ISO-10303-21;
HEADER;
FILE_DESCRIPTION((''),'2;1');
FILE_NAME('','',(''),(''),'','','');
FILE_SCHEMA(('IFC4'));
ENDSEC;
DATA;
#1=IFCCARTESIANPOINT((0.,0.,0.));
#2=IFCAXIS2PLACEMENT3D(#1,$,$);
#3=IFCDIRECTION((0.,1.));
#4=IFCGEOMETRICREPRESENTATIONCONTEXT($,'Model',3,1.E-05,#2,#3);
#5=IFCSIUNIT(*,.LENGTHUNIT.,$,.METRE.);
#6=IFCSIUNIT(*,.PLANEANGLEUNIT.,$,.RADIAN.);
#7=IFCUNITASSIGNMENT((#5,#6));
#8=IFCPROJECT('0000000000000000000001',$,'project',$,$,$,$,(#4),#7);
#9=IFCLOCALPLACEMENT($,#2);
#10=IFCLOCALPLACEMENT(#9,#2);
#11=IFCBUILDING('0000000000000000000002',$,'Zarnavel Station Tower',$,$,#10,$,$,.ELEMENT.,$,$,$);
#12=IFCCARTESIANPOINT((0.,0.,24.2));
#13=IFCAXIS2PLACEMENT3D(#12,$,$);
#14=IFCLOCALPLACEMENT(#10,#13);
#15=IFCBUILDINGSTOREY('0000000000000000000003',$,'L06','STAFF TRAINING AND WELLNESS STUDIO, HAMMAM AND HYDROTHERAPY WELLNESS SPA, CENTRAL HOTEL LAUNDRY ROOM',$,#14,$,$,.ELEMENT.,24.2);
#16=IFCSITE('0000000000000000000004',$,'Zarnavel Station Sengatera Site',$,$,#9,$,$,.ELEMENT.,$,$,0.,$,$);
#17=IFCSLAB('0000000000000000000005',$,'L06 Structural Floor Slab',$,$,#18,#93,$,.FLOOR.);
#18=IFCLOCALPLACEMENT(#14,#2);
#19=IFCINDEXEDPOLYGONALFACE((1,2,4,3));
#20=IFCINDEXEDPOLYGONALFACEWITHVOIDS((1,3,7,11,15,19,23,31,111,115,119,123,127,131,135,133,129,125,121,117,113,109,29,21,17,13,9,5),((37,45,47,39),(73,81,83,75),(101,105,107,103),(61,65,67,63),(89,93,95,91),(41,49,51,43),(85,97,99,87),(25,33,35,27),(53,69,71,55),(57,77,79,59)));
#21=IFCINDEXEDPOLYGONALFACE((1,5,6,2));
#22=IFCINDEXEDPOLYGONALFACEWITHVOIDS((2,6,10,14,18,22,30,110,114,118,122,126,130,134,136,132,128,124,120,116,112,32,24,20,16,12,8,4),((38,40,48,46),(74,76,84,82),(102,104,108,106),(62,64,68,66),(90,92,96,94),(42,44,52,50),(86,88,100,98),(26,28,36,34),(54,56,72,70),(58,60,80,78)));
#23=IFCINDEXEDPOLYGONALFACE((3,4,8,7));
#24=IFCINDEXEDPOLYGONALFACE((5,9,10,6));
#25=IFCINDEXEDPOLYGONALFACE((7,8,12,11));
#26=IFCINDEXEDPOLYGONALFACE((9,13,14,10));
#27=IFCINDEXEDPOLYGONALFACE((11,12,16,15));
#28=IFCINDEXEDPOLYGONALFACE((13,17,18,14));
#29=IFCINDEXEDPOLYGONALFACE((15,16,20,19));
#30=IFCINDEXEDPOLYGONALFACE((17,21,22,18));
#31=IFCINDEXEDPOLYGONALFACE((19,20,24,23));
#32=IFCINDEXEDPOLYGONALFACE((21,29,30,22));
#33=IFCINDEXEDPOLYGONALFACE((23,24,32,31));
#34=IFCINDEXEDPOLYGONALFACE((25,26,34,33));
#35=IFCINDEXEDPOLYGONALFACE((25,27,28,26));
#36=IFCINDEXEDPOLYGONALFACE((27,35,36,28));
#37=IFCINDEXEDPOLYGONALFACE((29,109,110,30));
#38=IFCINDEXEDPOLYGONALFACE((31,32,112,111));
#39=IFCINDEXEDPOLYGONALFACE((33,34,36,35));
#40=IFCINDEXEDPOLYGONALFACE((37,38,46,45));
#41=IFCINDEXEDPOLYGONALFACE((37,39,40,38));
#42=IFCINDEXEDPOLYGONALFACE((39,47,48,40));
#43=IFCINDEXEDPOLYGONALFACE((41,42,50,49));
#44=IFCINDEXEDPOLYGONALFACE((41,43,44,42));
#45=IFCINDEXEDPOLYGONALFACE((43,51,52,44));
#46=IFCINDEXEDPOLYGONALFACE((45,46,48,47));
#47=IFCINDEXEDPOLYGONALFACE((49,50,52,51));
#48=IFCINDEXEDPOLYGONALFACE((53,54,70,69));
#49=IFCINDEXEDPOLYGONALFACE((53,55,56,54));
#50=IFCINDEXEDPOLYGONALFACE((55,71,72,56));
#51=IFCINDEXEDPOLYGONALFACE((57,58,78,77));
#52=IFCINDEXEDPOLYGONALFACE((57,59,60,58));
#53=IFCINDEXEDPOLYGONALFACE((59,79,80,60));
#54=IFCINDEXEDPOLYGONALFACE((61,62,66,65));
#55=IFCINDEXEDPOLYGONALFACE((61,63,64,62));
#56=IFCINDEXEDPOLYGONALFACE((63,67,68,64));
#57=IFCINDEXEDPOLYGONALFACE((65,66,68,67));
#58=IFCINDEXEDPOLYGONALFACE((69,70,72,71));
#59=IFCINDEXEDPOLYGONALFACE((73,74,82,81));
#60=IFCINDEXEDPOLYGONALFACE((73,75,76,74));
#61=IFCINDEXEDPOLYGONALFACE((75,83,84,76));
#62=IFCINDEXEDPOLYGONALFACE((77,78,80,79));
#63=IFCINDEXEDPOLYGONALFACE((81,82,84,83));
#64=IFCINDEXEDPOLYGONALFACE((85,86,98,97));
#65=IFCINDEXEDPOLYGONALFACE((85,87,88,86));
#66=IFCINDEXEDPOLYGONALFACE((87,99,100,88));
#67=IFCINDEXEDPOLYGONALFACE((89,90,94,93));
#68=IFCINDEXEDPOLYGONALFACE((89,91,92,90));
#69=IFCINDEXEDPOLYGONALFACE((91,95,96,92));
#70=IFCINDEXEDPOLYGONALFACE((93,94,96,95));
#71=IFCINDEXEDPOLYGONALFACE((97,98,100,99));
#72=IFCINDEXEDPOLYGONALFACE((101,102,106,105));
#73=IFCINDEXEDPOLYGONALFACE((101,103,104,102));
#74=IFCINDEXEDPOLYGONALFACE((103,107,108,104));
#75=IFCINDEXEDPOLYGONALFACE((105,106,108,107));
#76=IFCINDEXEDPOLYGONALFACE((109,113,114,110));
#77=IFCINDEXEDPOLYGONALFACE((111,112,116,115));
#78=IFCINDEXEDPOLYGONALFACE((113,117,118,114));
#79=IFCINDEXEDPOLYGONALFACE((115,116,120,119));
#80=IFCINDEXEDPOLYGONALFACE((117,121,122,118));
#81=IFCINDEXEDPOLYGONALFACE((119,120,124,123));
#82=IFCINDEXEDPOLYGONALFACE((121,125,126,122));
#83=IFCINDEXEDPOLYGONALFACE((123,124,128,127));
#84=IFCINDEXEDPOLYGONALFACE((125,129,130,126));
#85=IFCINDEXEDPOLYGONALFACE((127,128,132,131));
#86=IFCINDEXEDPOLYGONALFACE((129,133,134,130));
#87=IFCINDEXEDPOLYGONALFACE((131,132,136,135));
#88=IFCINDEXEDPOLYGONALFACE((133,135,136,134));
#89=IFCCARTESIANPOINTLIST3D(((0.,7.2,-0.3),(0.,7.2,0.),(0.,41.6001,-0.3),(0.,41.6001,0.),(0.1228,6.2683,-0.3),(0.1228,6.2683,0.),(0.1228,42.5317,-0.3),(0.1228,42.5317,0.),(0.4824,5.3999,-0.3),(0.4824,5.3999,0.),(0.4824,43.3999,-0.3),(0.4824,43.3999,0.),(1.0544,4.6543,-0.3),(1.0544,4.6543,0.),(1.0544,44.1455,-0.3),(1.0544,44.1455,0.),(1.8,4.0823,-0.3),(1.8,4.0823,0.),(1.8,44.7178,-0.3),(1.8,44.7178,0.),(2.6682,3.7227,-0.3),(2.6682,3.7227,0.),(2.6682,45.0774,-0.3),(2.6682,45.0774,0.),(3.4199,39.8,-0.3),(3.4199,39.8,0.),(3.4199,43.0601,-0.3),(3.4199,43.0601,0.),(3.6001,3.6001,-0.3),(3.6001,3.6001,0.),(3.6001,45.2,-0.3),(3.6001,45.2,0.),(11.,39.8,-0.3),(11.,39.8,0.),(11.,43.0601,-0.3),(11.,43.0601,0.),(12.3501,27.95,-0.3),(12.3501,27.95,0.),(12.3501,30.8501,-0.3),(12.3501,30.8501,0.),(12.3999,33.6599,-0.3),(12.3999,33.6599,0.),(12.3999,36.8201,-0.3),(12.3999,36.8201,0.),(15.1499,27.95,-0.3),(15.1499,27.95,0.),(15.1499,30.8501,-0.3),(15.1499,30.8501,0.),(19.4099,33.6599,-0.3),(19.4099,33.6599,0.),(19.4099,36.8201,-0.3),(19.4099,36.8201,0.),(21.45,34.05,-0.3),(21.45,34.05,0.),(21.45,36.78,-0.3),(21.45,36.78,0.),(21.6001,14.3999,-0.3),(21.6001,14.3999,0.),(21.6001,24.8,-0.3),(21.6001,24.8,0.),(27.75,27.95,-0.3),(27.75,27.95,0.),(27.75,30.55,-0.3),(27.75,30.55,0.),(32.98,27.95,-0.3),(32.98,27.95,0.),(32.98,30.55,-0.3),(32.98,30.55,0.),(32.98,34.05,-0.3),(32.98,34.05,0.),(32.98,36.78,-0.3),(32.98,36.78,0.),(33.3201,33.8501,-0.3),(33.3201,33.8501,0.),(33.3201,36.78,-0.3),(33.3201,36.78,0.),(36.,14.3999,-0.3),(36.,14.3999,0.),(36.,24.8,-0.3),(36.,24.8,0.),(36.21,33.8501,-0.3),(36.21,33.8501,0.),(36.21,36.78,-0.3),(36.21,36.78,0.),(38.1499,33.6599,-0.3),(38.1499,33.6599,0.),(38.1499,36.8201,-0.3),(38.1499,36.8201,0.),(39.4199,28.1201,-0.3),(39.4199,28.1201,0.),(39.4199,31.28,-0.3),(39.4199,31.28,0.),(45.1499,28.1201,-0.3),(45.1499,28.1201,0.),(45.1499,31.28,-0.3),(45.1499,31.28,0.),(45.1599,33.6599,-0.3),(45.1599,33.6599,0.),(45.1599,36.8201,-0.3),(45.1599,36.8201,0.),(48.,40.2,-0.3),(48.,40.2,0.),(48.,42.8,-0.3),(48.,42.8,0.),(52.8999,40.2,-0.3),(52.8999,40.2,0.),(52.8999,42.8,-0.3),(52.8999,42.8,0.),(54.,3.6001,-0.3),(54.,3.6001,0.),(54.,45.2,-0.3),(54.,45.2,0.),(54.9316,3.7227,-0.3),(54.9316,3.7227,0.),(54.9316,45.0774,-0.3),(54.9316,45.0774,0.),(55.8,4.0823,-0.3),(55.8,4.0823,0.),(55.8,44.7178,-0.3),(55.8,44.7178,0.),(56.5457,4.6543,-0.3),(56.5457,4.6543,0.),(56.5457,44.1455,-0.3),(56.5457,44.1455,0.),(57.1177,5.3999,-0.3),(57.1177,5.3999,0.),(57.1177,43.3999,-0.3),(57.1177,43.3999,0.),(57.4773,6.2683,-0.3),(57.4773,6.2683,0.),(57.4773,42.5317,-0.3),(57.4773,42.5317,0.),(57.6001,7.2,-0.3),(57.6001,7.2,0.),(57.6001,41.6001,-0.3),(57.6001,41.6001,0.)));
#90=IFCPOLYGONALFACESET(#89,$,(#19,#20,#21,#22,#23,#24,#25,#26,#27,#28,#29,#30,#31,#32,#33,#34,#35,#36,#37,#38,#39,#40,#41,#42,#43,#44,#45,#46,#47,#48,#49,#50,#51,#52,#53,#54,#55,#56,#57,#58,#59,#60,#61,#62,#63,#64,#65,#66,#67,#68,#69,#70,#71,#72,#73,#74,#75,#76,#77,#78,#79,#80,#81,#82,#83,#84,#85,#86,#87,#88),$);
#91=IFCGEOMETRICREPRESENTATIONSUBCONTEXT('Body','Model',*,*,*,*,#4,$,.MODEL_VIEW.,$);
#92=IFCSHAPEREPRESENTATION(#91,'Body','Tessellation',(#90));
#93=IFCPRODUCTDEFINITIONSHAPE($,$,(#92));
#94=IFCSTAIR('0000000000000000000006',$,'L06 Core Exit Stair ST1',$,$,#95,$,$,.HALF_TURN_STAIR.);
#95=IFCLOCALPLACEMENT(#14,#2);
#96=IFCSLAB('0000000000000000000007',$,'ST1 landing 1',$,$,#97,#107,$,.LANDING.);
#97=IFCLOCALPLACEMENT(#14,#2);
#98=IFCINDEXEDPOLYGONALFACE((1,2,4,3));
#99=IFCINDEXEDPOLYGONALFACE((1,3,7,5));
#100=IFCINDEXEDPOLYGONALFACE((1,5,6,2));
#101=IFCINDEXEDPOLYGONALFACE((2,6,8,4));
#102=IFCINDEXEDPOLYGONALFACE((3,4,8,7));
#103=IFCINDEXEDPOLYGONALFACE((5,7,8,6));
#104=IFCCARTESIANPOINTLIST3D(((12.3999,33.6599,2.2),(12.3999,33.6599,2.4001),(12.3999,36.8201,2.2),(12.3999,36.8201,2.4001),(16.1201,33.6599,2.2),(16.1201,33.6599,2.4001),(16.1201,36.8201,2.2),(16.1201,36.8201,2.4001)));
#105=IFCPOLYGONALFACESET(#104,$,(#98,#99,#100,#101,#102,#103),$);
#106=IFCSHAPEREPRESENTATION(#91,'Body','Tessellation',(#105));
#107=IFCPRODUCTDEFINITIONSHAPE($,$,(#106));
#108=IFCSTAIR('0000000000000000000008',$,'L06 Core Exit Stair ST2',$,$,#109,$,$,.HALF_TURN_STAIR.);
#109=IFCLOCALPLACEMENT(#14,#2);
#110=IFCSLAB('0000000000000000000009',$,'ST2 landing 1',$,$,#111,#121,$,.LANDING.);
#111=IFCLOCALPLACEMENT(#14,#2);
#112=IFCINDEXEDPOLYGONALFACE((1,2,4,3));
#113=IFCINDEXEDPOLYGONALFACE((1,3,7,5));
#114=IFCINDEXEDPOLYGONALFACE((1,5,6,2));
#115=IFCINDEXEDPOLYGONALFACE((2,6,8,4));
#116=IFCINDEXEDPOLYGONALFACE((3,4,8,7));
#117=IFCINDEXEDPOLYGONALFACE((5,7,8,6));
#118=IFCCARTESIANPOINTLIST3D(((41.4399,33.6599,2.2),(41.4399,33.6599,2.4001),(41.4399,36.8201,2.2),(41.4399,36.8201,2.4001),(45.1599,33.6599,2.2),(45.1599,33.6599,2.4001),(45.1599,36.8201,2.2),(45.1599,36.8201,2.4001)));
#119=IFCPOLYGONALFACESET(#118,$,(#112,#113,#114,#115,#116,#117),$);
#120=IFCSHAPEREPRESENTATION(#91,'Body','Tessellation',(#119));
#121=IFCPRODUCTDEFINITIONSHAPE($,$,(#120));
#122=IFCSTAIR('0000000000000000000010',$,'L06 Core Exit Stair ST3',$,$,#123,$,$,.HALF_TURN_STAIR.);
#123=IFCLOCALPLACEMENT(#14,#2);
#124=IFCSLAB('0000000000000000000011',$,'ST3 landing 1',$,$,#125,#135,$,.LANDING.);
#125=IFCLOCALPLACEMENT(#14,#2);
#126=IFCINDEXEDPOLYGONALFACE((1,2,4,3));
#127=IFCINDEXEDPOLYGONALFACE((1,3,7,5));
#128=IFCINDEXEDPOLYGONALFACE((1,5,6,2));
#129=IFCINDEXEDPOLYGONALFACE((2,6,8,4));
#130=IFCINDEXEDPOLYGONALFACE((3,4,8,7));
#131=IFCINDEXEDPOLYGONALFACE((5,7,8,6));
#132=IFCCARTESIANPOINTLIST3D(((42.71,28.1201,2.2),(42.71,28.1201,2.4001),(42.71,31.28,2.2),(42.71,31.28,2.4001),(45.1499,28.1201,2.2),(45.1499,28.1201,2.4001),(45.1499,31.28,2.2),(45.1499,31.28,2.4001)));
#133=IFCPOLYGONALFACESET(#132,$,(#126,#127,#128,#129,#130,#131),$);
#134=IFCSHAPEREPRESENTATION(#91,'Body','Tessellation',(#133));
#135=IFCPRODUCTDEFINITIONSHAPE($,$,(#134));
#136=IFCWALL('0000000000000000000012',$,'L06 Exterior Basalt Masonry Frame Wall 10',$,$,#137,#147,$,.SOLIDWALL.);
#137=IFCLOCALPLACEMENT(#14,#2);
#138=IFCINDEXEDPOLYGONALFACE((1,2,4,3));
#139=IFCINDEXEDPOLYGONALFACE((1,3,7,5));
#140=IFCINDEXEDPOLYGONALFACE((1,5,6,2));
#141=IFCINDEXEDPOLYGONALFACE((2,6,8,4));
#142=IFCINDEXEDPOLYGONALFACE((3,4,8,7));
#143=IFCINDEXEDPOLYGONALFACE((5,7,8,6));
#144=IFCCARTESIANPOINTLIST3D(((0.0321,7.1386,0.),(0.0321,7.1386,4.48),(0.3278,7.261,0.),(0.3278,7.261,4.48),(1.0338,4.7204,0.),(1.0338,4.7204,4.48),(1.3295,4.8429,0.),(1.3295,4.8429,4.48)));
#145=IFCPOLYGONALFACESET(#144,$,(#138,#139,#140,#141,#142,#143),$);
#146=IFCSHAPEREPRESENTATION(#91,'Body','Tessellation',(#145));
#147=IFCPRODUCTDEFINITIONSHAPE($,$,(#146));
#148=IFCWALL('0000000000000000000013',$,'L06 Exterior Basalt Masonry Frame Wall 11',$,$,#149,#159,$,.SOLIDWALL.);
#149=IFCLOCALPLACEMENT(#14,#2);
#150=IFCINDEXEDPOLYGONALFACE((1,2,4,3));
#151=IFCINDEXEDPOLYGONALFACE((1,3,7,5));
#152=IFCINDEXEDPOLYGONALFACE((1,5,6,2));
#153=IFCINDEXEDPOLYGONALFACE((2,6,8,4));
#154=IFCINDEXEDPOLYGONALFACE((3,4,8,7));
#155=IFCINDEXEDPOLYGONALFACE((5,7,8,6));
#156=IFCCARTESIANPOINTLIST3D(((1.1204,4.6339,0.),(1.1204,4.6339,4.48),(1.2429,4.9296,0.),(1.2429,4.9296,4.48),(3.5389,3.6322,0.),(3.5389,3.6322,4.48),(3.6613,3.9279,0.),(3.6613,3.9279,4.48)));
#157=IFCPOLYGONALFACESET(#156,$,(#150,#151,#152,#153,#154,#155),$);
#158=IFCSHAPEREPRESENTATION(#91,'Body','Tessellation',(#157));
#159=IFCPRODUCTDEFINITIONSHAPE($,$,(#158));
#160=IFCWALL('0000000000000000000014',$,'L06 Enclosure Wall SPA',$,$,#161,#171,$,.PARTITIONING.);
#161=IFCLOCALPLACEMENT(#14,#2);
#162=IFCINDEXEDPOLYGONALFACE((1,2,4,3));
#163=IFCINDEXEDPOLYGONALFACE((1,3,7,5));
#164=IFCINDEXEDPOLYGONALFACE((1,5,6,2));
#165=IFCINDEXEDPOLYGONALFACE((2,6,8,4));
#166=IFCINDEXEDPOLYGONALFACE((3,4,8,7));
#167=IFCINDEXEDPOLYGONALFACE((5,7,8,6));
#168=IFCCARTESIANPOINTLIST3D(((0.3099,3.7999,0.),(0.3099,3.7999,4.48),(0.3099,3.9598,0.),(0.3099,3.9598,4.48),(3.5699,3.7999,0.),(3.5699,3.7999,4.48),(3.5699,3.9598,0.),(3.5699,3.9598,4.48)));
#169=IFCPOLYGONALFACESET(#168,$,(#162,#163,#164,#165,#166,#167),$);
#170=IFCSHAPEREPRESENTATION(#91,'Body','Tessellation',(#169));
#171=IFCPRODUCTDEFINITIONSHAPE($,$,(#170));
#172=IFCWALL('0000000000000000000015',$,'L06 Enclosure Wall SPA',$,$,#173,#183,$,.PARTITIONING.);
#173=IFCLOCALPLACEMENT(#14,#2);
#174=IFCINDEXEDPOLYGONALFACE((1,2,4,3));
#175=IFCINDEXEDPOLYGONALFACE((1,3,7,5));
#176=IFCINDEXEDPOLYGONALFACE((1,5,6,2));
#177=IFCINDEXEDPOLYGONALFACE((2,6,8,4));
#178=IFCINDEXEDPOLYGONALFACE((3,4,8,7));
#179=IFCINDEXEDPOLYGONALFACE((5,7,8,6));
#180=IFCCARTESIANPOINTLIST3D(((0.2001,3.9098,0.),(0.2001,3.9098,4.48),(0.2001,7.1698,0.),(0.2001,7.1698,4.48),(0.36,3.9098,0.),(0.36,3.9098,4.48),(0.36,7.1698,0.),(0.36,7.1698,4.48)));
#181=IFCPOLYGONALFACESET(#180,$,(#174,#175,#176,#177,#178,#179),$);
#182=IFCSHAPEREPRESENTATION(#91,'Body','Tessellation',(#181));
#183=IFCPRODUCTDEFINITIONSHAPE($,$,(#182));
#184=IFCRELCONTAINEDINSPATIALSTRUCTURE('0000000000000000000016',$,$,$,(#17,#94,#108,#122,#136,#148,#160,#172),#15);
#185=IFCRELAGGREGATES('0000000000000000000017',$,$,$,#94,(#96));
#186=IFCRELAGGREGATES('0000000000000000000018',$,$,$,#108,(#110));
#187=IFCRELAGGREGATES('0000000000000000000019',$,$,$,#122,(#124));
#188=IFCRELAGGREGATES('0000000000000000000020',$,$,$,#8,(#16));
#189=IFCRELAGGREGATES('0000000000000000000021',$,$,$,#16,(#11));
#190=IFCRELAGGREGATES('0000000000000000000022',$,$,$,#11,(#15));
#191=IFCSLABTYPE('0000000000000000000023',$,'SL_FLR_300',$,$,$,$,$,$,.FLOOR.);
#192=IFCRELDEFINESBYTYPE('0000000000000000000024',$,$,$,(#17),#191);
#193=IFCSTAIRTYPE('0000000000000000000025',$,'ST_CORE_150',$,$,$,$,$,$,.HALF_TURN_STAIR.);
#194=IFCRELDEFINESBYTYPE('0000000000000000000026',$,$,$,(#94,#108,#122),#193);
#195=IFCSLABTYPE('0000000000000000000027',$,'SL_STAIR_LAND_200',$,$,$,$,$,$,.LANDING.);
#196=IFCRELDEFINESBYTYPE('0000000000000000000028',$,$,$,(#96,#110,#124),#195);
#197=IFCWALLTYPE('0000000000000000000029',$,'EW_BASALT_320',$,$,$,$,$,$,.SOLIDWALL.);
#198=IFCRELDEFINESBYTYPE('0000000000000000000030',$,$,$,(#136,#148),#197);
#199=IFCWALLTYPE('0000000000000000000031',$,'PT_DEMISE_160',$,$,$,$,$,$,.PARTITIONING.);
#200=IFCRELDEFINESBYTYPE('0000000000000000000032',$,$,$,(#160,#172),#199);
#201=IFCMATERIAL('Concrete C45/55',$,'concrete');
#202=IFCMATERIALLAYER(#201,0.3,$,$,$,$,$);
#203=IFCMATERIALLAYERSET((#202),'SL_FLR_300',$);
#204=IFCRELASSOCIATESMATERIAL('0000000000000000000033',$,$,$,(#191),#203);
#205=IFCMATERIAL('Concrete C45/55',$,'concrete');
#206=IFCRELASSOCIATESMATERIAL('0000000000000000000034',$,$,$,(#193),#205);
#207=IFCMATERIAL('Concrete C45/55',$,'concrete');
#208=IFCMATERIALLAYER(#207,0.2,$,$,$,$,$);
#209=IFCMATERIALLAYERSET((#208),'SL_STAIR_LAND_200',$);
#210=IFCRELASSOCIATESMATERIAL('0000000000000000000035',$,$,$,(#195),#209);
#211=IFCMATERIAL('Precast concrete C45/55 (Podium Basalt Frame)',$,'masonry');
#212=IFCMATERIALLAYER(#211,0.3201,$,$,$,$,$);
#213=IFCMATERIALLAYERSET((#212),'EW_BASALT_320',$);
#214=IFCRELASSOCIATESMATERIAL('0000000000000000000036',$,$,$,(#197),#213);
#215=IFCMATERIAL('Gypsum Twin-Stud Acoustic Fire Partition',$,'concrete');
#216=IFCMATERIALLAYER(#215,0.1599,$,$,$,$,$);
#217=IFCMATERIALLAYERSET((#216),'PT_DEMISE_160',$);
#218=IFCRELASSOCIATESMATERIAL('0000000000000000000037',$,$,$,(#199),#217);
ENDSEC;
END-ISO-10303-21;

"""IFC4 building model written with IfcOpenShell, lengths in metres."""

from ifc_helpers import new_model, si_unit, direction, frame, frame_2d, origin, place, context, subcontext, project, spatial, polyline, rectangle, outline, extrude, material, layer, layer_set, type_object, element, aggregate, save


model = new_model("IFC4")

# Units and contexts
model_context = context("Model", 3, precision=1e-05, world=origin(), true_north=direction((0.0, 1.0)))
body_context = subcontext(model_context, "Body", "Model", "MODEL_VIEW")
ifc_project = project(units=[si_unit("LENGTHUNIT", "METRE"), si_unit("PLANEANGLEUNIT", "RADIAN")], contexts=[model_context])

# Site, building, storey
site_placement = place(None, origin())
site = spatial("IfcSite", under=ifc_project, at=site_placement, Name="Zarnavel Station Sengatera Site", CompositionType="ELEMENT", RefElevation=0.0)
building_placement = place(site_placement, origin())
building = spatial("IfcBuilding", under=site, at=building_placement, Name="Zarnavel Station Tower", CompositionType="ELEMENT")
storey_placement = place(building_placement, frame((0.0, 0.0, 24.2)))
storey = spatial("IfcBuildingStorey", under=building, at=storey_placement, Name="L06", Description="STAFF TRAINING AND WELLNESS STUDIO, HAMMAM AND HYDROTHERAPY WELLNESS SPA, CENTRAL HOTEL LAUNDRY ROOM", CompositionType="ELEMENT", Elevation=24.2)

# Slab
ifc_material_1 = material(Name="Concrete C45/55", Category="concrete")
ifc_layer_1 = layer(ifc_material_1, 0.3)
ifc_layer_set_1 = layer_set([ifc_layer_1], Name="SL_FLR_300")
slab_type_1 = type_object("IfcSlabType", Name="SL_FLR_300", PredefinedType="FLOOR", material=ifc_layer_set_1)
slab_1_placement = place(storey_placement, frame((0.0, 0.0, -0.3)))
element("IfcSlab", 1, at=slab_1_placement, inside=storey, type_object=slab_type_1, Name="L06 Structural Floor Slab", PredefinedType="FLOOR", context=body_context, shape_type="SweptSolid", body=[
    extrude(outline(polyline([(54.0, 3.6001), (54.9316, 3.7227), (55.8, 4.0823), (56.5457, 4.6543), (57.1177, 5.3999), (57.4773, 6.2683), (57.6001, 7.2), (57.6001, 41.6001), (57.4773, 42.5317), (57.1177, 43.3999), (56.5457, 44.1455), (55.8, 44.7178), (54.9316, 45.0774), (54.0, 45.2), (3.6001, 45.2), (2.6682, 45.0774), (1.8, 44.7178), (1.0544, 44.1455), (0.4824, 43.3999), (0.1228, 42.5317), (0.0, 41.6001), (0.0, 7.2), (0.1228, 6.2683), (0.4824, 5.3999), (1.0544, 4.6543), (1.8, 4.0823), (2.6682, 3.7227), (3.6001, 3.6001), (54.0, 3.6001)]), holes=[polyline([(12.3999, 33.6599), (19.4099, 33.6599), (19.4099, 36.8201), (12.3999, 36.8201), (12.3999, 33.6599)]), polyline([(38.1499, 33.6599), (45.1599, 33.6599), (45.1599, 36.8201), (38.1499, 36.8201), (38.1499, 33.6599)]), polyline([(39.4199, 28.1201), (45.1499, 28.1201), (45.1499, 31.28), (39.4199, 31.28), (39.4199, 28.1201)]), polyline([(3.4199, 39.8), (11.0, 39.8), (11.0, 43.0601), (3.4199, 43.0601), (3.4199, 39.8)]), polyline([(12.3501, 27.95), (15.1499, 27.95), (15.1499, 30.8501), (12.3501, 30.8501), (12.3501, 27.95)]), polyline([(33.3201, 33.8501), (36.21, 33.8501), (36.21, 36.78), (33.3201, 36.78), (33.3201, 33.8501)]), polyline([(21.45, 34.05), (32.98, 34.05), (32.98, 36.78), (21.45, 36.78), (21.45, 34.05)]), polyline([(27.75, 27.95), (32.98, 27.95), (32.98, 30.55), (27.75, 30.55), (27.75, 27.95)]), polyline([(48.0, 40.2), (52.8999, 40.2), (52.8999, 42.8), (48.0, 42.8), (48.0, 40.2)]), polyline([(21.6001, 14.3999), (36.0, 14.3999), (36.0, 24.8), (21.6001, 24.8), (21.6001, 14.3999)])]), origin(), (0.0, 0.0, 1.0), 0.3),
])

# Stairs, slabs
ifc_material_2 = material(Name="Concrete C45/55", Category="concrete")
stair_type = type_object("IfcStairType", Name="ST_CORE_150", PredefinedType="HALF_TURN_STAIR", material=ifc_material_2)
stair_1_placement = place(storey_placement, origin())
stair_1 = element("IfcStair", 2, at=stair_1_placement, inside=storey, type_object=stair_type, Name="L06 Core Exit Stair ST1", PredefinedType="HALF_TURN_STAIR")
ifc_material_3 = material(Name="Concrete C45/55", Category="concrete")
ifc_layer_2 = layer(ifc_material_3, 0.2)
ifc_layer_set_2 = layer_set([ifc_layer_2], Name="SL_STAIR_LAND_200")
slab_type_2 = type_object("IfcSlabType", Name="SL_STAIR_LAND_200", PredefinedType="LANDING", material=ifc_layer_set_2)
slab_2_placement = place(storey_placement, frame((0.0, 0.0, 2.2)))
slab_2 = element("IfcSlab", 3, at=slab_2_placement, type_object=slab_type_2, Name="ST1 landing 1", PredefinedType="LANDING", context=body_context, shape_type="SweptSolid", body=[
    extrude(outline(polyline([(16.1201, 36.8201), (12.3999, 36.8201), (12.3999, 33.6599), (16.1201, 33.6599), (16.1201, 36.8201)])), origin(), (0.0, 0.0, 1.0), 0.2002),
])
aggregate(stair_1, [slab_2])
stair_2_placement = place(storey_placement, origin())
stair_2 = element("IfcStair", 4, at=stair_2_placement, inside=storey, type_object=stair_type, Name="L06 Core Exit Stair ST2", PredefinedType="HALF_TURN_STAIR")
slab_3_placement = place(storey_placement, frame((0.0, 0.0, 2.2)))
slab_3 = element("IfcSlab", 5, at=slab_3_placement, type_object=slab_type_2, Name="ST2 landing 1", PredefinedType="LANDING", context=body_context, shape_type="SweptSolid", body=[
    extrude(outline(polyline([(41.4399, 33.6599), (45.1599, 33.6599), (45.1599, 36.8201), (41.4399, 36.8201), (41.4399, 33.6599)])), origin(), (0.0, 0.0, 1.0), 0.2002),
])
aggregate(stair_2, [slab_3])
stair_3_placement = place(storey_placement, origin())
stair_3 = element("IfcStair", 6, at=stair_3_placement, inside=storey, type_object=stair_type, Name="L06 Core Exit Stair ST3", PredefinedType="HALF_TURN_STAIR")
slab_4_placement = place(storey_placement, frame((0.0, 0.0, 2.2)))
slab_4 = element("IfcSlab", 7, at=slab_4_placement, type_object=slab_type_2, Name="ST3 landing 1", PredefinedType="LANDING", context=body_context, shape_type="SweptSolid", body=[
    extrude(outline(polyline([(42.71, 28.1201), (45.1499, 28.1201), (45.1499, 31.28), (42.71, 31.28), (42.71, 28.1201)])), origin(), (0.0, 0.0, 1.0), 0.2002),
])
aggregate(stair_3, [slab_4])

# Walls
ifc_material_4 = material(Name="Precast concrete C45/55 (Podium Basalt Frame)", Category="masonry")
ifc_layer_3 = layer(ifc_material_4, 0.3201)
ifc_layer_set_3 = layer_set([ifc_layer_3], Name="EW_BASALT_320")
wall_type_1 = type_object("IfcWallType", Name="EW_BASALT_320", PredefinedType="SOLIDWALL", material=ifc_layer_set_3)
wall_1_placement = place(storey_placement, frame((1.1816, 4.7817, 0.0), z_axis=(0.0, 0.0, 1.0), x_axis=(-0.382701, 0.923872, 0.0)))
element("IfcWall", 8, at=wall_1_placement, inside=storey, type_object=wall_type_1, Name="L06 Exterior Basalt Masonry Frame Wall 10", PredefinedType="SOLIDWALL", context=body_context, shape_type="SweptSolid", body=[
    extrude(rectangle(XDim=2.6174, YDim=0.3201, at=frame_2d((1.3086, 0.0))), origin(), (0.0, 0.0, 1.0), 4.48),
])
wall_2_placement = place(storey_placement, frame((3.6001, 3.78, 0.0), z_axis=(0.0, 0.0, 1.0), x_axis=(-0.923886, 0.382668, 0.0)))
element("IfcWall", 9, at=wall_2_placement, inside=storey, type_object=wall_type_1, Name="L06 Exterior Basalt Masonry Frame Wall 11", PredefinedType="SOLIDWALL", context=body_context, shape_type="SweptSolid", body=[
    extrude(rectangle(XDim=2.6177, YDim=0.3201, at=frame_2d((1.3088, 0.0))), origin(), (0.0, 0.0, 1.0), 4.48),
])
ifc_material_5 = material(Name="Gypsum Twin-Stud Acoustic Fire Partition", Category="concrete")
ifc_layer_4 = layer(ifc_material_5, 0.1599)
ifc_layer_set_4 = layer_set([ifc_layer_4], Name="PT_DEMISE_160")
wall_type_2 = type_object("IfcWallType", Name="PT_DEMISE_160", PredefinedType="PARTITIONING", material=ifc_layer_set_4)
for number, where, z_axis, x_axis, name in (
    (10, (0.3101, 3.8799, 0.0), (0.0, 0.0, 1.0), (1.0, 0.0, 0.0), "L06 Enclosure Wall SPA"),
    (11, (0.28, 3.9099, 0.0), (0.0, 0.0, 1.0), (0.0, 1.0, 0.0), "L06 Enclosure Wall SPA"),
):
    element("IfcWall", number, at=place(storey_placement, frame(where, z_axis=z_axis, x_axis=x_axis)), inside=storey, type_object=wall_type_2, Name=name, PredefinedType="PARTITIONING", context=body_context, shape_type="SweptSolid", body=[
        extrude(rectangle(XDim=3.26, YDim=0.1599, at=frame_2d((1.6299, 0.0))), origin(), (0.0, 0.0, 1.0), 4.48),
    ])

save(model, "model.ifc")
